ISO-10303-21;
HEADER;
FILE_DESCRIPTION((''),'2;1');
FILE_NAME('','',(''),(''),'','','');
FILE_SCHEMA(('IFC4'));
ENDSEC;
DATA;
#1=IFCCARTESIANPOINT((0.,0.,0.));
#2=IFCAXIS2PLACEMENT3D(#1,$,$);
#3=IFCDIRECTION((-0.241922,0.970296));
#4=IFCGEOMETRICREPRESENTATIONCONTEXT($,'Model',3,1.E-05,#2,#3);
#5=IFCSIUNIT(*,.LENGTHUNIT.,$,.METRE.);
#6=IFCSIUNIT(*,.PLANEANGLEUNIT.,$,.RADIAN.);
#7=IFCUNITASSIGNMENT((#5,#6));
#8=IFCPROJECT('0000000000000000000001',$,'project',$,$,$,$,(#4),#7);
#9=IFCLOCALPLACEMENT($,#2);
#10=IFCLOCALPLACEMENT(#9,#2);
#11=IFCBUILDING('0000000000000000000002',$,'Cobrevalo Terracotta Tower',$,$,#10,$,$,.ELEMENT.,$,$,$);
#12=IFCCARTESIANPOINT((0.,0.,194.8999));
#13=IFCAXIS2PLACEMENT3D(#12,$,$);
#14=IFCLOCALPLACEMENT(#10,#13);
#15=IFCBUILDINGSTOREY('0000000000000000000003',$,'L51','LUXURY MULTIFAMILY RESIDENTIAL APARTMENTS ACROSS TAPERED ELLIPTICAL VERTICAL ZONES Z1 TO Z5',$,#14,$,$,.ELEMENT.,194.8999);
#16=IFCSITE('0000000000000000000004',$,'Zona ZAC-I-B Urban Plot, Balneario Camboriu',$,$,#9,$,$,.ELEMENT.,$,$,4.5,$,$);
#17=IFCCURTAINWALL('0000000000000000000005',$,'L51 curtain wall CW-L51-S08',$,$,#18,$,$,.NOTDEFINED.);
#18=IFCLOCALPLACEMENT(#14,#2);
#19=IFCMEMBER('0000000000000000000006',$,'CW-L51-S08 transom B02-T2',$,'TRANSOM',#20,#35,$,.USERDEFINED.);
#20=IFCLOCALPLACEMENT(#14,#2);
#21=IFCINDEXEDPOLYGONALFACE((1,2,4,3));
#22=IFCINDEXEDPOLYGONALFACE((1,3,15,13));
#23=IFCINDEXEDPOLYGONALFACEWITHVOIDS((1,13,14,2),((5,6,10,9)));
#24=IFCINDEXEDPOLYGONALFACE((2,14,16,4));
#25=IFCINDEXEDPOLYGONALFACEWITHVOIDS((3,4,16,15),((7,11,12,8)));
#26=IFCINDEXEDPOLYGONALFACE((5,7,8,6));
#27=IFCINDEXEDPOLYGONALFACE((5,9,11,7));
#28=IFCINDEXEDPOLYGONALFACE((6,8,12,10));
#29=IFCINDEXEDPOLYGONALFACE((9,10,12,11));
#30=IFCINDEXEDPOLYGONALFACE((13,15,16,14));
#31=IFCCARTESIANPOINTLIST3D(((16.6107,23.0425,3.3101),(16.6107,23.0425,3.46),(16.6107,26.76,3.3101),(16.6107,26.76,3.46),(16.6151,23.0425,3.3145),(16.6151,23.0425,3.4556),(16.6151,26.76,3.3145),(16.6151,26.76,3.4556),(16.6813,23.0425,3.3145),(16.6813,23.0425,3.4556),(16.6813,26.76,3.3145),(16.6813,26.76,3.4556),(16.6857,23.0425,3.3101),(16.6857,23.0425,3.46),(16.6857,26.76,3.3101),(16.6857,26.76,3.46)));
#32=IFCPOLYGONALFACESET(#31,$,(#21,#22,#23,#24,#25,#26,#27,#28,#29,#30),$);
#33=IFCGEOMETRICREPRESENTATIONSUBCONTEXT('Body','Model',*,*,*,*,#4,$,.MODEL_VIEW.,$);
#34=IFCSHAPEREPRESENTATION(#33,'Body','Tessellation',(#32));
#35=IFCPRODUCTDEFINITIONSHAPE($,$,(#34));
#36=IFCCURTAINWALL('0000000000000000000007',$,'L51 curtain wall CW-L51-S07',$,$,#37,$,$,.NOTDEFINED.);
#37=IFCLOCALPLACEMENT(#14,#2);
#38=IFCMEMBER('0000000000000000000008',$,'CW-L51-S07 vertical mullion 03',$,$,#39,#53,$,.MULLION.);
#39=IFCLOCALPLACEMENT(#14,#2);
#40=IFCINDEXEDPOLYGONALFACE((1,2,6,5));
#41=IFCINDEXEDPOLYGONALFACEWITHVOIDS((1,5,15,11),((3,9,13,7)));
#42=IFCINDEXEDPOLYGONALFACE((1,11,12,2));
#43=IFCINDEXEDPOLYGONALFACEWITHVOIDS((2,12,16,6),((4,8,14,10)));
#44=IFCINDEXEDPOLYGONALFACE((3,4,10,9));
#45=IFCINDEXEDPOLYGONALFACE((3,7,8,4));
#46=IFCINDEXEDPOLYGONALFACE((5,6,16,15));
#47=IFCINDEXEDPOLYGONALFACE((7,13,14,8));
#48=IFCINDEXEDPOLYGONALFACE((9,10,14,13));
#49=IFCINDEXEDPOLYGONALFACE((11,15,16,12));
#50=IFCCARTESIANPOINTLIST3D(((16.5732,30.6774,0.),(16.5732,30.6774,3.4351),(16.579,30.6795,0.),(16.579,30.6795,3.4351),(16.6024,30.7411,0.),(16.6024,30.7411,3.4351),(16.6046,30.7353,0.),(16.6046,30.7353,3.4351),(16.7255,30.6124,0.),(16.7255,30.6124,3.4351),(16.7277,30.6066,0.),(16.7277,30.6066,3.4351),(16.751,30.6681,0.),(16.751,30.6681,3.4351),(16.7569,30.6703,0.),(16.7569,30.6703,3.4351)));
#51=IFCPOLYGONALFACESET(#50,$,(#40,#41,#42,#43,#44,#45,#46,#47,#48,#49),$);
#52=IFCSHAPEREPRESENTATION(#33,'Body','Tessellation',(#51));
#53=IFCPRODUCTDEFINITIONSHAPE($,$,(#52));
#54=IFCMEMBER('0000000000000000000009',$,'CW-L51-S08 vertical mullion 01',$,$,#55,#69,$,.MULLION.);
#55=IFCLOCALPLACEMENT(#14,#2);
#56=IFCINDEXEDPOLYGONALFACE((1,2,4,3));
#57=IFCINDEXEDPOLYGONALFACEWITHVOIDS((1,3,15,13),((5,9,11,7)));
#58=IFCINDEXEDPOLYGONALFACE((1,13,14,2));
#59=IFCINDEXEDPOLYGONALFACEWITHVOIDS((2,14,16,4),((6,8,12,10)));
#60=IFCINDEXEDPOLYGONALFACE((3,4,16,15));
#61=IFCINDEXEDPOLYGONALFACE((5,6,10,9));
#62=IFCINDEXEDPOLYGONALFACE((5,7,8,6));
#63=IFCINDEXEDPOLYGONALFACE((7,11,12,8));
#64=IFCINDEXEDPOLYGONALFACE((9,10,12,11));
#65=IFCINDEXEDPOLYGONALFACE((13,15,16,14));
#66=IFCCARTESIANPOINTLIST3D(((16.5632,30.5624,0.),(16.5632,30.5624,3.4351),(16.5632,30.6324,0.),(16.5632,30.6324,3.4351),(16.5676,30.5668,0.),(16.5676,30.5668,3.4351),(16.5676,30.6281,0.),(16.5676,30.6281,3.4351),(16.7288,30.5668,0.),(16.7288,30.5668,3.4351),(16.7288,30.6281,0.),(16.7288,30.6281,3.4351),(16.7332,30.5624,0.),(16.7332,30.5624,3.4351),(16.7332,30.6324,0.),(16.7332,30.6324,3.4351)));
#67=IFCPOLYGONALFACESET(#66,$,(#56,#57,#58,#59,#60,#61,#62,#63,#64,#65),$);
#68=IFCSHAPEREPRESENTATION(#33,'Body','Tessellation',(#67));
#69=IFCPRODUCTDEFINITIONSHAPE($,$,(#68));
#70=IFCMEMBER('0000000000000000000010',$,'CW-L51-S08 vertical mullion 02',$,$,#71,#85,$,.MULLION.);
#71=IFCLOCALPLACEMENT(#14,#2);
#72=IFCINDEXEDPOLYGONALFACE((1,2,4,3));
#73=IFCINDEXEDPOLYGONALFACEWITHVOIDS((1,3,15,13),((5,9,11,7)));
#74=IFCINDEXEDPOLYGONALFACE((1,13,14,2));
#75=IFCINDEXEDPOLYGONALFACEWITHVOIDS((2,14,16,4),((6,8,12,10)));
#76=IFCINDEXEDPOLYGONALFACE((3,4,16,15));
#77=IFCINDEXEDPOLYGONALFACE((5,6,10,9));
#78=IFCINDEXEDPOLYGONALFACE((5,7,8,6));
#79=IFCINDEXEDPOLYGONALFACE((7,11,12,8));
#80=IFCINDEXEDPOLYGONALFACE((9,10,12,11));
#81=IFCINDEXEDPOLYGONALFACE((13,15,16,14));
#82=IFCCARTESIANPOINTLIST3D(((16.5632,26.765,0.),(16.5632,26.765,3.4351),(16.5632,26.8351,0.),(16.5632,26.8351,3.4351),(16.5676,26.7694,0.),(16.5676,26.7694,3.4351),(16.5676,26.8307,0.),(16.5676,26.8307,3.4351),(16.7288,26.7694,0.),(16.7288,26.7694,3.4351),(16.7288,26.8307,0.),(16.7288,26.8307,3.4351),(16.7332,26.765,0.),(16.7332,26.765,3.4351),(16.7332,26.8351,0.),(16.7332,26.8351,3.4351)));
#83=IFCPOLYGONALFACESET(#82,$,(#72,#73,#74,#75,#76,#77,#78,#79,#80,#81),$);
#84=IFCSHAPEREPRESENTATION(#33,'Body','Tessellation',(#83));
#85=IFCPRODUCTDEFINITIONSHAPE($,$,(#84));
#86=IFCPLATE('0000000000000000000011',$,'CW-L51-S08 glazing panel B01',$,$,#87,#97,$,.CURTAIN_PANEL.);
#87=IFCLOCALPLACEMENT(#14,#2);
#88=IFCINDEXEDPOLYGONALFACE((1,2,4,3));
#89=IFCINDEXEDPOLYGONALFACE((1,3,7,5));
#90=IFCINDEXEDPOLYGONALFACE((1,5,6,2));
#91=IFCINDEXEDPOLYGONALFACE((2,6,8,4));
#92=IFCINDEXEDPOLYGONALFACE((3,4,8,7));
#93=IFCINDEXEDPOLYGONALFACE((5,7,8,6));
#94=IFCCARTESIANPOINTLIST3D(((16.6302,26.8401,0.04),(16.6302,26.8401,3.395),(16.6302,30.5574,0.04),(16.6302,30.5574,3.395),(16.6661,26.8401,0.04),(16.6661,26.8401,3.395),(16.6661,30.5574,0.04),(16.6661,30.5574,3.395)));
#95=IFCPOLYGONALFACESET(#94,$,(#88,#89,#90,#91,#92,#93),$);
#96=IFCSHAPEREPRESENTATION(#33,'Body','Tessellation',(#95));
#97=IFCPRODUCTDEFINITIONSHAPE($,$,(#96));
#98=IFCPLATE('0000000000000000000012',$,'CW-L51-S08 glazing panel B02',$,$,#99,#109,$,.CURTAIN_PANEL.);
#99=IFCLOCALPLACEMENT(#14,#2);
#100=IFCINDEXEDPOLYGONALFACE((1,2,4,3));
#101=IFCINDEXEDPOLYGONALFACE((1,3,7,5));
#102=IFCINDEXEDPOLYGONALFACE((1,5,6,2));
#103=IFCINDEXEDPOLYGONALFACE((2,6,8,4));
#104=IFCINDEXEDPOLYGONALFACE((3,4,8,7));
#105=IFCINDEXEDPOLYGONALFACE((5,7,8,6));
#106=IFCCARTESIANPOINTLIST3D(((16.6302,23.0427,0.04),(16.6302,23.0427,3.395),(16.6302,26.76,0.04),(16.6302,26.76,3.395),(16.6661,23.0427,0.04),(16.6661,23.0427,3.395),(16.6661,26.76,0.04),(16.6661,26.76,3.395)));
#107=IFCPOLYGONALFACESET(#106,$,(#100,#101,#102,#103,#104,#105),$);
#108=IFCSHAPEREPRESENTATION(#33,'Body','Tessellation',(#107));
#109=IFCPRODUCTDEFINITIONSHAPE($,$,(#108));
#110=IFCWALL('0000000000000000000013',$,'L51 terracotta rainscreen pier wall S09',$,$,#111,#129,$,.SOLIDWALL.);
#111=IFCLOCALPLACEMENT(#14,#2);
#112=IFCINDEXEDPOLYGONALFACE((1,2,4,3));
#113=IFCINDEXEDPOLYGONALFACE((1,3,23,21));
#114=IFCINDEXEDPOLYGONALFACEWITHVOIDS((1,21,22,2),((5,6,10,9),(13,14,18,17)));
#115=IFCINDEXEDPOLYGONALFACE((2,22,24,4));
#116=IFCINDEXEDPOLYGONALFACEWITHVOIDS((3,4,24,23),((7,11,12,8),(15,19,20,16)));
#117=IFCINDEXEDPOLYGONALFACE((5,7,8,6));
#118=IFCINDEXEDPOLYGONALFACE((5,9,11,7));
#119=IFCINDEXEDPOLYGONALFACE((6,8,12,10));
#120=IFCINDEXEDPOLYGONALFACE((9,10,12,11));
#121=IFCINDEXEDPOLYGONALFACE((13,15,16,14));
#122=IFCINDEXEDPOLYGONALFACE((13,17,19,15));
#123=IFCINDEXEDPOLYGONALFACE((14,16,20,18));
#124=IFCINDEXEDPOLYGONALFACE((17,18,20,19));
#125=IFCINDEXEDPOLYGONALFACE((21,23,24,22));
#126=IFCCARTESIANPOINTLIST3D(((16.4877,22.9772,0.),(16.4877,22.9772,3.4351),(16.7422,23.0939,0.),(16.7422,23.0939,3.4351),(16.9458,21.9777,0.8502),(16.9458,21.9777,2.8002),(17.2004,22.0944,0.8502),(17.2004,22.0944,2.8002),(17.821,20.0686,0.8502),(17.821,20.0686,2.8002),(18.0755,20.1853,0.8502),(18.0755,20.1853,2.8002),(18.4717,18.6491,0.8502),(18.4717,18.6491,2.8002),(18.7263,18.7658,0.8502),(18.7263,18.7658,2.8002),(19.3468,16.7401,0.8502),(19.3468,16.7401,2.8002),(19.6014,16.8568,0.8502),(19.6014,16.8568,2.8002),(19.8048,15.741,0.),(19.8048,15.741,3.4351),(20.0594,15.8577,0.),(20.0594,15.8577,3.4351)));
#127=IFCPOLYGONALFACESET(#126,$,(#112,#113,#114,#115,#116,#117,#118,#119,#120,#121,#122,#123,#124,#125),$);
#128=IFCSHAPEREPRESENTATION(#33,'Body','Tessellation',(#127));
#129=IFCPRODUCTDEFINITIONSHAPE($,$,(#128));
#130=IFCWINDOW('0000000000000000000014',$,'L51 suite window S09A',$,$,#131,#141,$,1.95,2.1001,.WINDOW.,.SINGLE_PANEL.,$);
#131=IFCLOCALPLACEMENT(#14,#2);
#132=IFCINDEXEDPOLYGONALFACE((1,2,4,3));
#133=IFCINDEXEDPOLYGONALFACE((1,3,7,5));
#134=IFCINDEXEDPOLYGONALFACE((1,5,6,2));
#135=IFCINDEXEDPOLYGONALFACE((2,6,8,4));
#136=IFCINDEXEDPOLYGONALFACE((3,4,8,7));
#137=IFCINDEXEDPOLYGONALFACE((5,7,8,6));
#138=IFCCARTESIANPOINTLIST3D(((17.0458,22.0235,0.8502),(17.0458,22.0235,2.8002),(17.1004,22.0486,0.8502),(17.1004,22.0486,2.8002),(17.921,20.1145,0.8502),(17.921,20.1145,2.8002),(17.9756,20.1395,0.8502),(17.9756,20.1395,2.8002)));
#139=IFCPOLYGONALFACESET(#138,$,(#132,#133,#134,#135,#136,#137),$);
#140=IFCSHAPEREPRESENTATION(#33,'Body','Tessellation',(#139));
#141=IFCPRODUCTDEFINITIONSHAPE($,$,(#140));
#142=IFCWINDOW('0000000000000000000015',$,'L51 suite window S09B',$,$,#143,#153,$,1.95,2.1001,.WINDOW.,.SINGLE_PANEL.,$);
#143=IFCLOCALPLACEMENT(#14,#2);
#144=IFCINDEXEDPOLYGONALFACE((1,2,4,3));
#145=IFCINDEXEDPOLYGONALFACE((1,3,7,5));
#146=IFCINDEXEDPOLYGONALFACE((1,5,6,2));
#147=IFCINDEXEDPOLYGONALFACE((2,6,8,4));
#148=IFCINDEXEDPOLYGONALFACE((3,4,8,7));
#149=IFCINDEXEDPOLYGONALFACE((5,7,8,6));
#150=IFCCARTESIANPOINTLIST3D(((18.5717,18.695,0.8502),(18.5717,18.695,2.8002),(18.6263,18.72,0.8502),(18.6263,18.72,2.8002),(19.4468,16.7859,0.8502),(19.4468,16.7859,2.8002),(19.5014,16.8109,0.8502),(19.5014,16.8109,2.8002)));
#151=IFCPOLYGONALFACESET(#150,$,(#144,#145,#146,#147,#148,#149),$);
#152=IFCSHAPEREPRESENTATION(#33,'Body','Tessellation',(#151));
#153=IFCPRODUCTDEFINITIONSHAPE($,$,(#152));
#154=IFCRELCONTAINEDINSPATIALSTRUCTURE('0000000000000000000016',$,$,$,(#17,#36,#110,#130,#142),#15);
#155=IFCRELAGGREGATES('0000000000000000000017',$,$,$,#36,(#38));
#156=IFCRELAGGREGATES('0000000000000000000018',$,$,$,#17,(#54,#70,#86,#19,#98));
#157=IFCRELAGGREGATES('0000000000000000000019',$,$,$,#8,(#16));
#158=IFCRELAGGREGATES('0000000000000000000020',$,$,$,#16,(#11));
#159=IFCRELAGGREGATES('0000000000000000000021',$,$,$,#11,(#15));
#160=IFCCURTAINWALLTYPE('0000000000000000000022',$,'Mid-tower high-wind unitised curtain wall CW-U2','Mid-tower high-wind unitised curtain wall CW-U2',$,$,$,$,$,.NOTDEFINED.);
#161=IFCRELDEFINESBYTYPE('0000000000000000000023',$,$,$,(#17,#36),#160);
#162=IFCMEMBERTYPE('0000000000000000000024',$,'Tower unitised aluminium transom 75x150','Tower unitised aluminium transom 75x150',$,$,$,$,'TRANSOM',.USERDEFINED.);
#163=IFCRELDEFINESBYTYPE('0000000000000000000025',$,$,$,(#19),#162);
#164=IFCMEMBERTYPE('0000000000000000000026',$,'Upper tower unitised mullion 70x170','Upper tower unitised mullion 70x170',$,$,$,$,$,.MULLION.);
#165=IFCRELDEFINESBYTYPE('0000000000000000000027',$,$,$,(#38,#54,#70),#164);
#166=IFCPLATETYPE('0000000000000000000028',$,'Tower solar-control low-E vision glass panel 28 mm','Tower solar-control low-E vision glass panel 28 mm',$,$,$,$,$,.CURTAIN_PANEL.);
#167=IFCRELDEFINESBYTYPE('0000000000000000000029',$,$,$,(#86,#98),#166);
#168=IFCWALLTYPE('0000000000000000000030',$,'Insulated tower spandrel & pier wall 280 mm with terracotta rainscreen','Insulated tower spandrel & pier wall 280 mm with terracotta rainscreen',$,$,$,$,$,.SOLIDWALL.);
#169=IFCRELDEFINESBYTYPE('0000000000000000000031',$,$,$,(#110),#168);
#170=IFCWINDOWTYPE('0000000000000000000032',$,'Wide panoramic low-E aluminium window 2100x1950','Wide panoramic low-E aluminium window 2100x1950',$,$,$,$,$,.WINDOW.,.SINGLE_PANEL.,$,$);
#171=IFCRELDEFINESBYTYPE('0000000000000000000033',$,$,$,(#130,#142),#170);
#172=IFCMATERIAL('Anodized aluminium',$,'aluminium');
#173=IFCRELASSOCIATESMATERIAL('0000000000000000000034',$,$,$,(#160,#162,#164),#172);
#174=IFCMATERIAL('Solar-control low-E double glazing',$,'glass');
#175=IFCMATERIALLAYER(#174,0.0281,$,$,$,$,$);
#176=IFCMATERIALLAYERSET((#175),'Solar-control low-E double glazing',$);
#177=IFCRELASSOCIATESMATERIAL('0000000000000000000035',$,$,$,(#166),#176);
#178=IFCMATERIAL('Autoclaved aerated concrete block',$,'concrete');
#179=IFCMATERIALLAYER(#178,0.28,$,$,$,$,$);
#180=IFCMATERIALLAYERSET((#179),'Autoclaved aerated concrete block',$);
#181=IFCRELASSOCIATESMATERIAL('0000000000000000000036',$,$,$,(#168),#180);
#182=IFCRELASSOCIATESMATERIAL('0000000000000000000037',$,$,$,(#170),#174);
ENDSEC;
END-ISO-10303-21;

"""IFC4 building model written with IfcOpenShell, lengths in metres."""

from ifc_helpers import new_model, si_unit, direction, frame, frame_2d, origin, origin_2d, place, context, subcontext, project, spatial, rectangle, hollow_rectangle, extrude, source, transform, mapped, material, layer, layer_set, material_profile, profile_set, type_object, element, fill, aggregate, save


model = new_model("IFC4")

# Units and contexts
model_context = context("Model", 3, precision=1e-05, world=origin(), true_north=direction((-0.241922, 0.970296)))
body_context = subcontext(model_context, "Body", "Model", "MODEL_VIEW")
ifc_project = project(units=[si_unit("LENGTHUNIT", "METRE"), si_unit("PLANEANGLEUNIT", "RADIAN")], contexts=[model_context])

# Site, building, storey
site_placement = place(None, origin())
site = spatial("IfcSite", under=ifc_project, at=site_placement, Name="Zona ZAC-I-B Urban Plot, Balneario Camboriu", CompositionType="ELEMENT", RefElevation=4.5)
building_placement = place(site_placement, origin())
building = spatial("IfcBuilding", under=site, at=building_placement, Name="Cobrevalo Terracotta Tower", CompositionType="ELEMENT")
storey_placement = place(building_placement, frame((0.0, 0.0, 194.8999)))
storey = spatial("IfcBuildingStorey", under=building, at=storey_placement, Name="L51", Description="LUXURY MULTIFAMILY RESIDENTIAL APARTMENTS ACROSS TAPERED ELLIPTICAL VERTICAL ZONES Z1 TO Z5", CompositionType="ELEMENT", Elevation=194.8999)

# Curtain wall, member
ifc_material_1 = material(Name="Anodized aluminium", Category="aluminium")
curtain_wall_type = type_object("IfcCurtainWallType", Name="Mid-tower high-wind unitised curtain wall CW-U2", Description="Mid-tower high-wind unitised curtain wall CW-U2", PredefinedType="NOTDEFINED", material=ifc_material_1)
curtain_wall_1_placement = place(storey_placement, origin())
curtain_wall_1 = element("IfcCurtainWall", 1, at=curtain_wall_1_placement, inside=storey, type_object=curtain_wall_type, Name="L51 curtain wall CW-L51-S08", PredefinedType="NOTDEFINED")
ifc_material_profile_1 = material_profile(ifc_material_1, hollow_rectangle(XDim=0.075, YDim=0.1499, WallThickness=0.0044, at=origin_2d()), Name="CWT 75x150")
ifc_profile_set_1 = profile_set([ifc_material_profile_1], Name="Anodized aluminium")
member_type_1 = type_object("IfcMemberType", Name="Tower unitised aluminium transom 75x150", Description="Tower unitised aluminium transom 75x150", ElementType="TRANSOM", PredefinedType="USERDEFINED", material=ifc_profile_set_1)
shared_shape_1 = source(origin(), body_context, "Body", "SweptSolid", [
    extrude(hollow_rectangle(XDim=0.075, YDim=0.1499, WallThickness=0.0044, at=origin_2d()), origin(), (0.0, 0.0, 1.0), 3.7175),
])
member_1_placement = place(storey_placement, frame((16.6482, 26.76, 3.385), z_axis=(0.0, -1.0, 0.0), x_axis=(1.0, 0.0, 0.0)))
member_1 = element("IfcMember", 2, at=member_1_placement, type_object=member_type_1, Name="CW-L51-S08 transom B02-T2", ObjectType="TRANSOM", PredefinedType="USERDEFINED", context=body_context, shape_type="MappedRepresentation", body=[
    mapped(shared_shape_1, transform((0.0, 0.0, 0.0), scale=1.0)),
])

# Curtain wall, member
curtain_wall_2_placement = place(storey_placement, origin())
curtain_wall_2 = element("IfcCurtainWall", 3, at=curtain_wall_2_placement, inside=storey, type_object=curtain_wall_type, Name="L51 curtain wall CW-L51-S07", PredefinedType="NOTDEFINED")
ifc_material_profile_2 = material_profile(ifc_material_1, hollow_rectangle(XDim=0.0701, YDim=0.1699, WallThickness=0.0044, at=origin_2d()), Name="CWM 70x170")
ifc_profile_set_2 = profile_set([ifc_material_profile_2], Name="Anodized aluminium")
member_type_2 = type_object("IfcMemberType", Name="Upper tower unitised mullion 70x170", Description="Upper tower unitised mullion 70x170", PredefinedType="MULLION", material=ifc_profile_set_2)
shared_shape_2 = source(origin(), body_context, "Body", "SweptSolid", [
    extrude(hollow_rectangle(XDim=0.0701, YDim=0.1699, WallThickness=0.0044, at=origin_2d()), origin(), (0.0, 0.0, 1.0), 3.4351),
])
member_2_placement = place(storey_placement, frame((16.665, 30.6738, 0.0), z_axis=(0.0, 0.0, 1.0), x_axis=(-0.416725, -0.909033, 0.0)))
member_2 = element("IfcMember", 4, at=member_2_placement, type_object=member_type_2, Name="CW-L51-S07 vertical mullion 03", PredefinedType="MULLION", context=body_context, shape_type="MappedRepresentation", body=[
    mapped(shared_shape_2, transform((0.0, 0.0, 0.0), scale=1.0)),
])
aggregate(curtain_wall_2, [member_2])

# Members
member_3_placement = place(storey_placement, frame((16.6482, 30.5974, 0.0), z_axis=(0.0, 0.0, 1.0), x_axis=(0.0, -1.0, 0.0)))
member_3 = element("IfcMember", 5, at=member_3_placement, type_object=member_type_2, Name="CW-L51-S08 vertical mullion 01", PredefinedType="MULLION", context=body_context, shape_type="MappedRepresentation", body=[
    mapped(shared_shape_2, transform((0.0, 0.0, 0.0), scale=1.0)),
])
member_4_placement = place(storey_placement, frame((16.6482, 26.8, 0.0), z_axis=(0.0, 0.0, 1.0), x_axis=(0.0, -1.0, 0.0)))
member_4 = element("IfcMember", 6, at=member_4_placement, type_object=member_type_2, Name="CW-L51-S08 vertical mullion 02", PredefinedType="MULLION", context=body_context, shape_type="MappedRepresentation", body=[
    mapped(shared_shape_2, transform((0.0, 0.0, 0.0), scale=1.0)),
])

# Plates
ifc_material_2 = material(Name="Solar-control low-E double glazing", Category="glass")
ifc_layer_1 = layer(ifc_material_2, 0.0281)
ifc_layer_set_1 = layer_set([ifc_layer_1], Name="Solar-control low-E double glazing")
plate_type = type_object("IfcPlateType", Name="Tower solar-control low-E vision glass panel 28 mm", Description="Tower solar-control low-E vision glass panel 28 mm", PredefinedType="CURTAIN_PANEL", material=ifc_layer_set_1)
shared_shape_3 = source(origin(), body_context, "Body", "SweptSolid", [
    extrude(rectangle(XDim=3.7173, YDim=0.0359, at=origin_2d()), origin(), (0.0, 0.0, 1.0), 3.355),
])
plate_1_placement = place(storey_placement, frame((16.6482, 28.6987, 0.04), z_axis=(0.0, 0.0, 1.0), x_axis=(0.0, -1.0, 0.0)))
plate_1 = element("IfcPlate", 7, at=plate_1_placement, type_object=plate_type, Name="CW-L51-S08 glazing panel B01", PredefinedType="CURTAIN_PANEL", context=body_context, shape_type="MappedRepresentation", body=[
    mapped(shared_shape_3, transform((0.0, 0.0, 0.0), scale=1.0)),
])
plate_2_placement = place(storey_placement, frame((16.6482, 24.9014, 0.04), z_axis=(0.0, 0.0, 1.0), x_axis=(0.0, -1.0, 0.0)))
plate_2 = element("IfcPlate", 8, at=plate_2_placement, type_object=plate_type, Name="CW-L51-S08 glazing panel B02", PredefinedType="CURTAIN_PANEL", context=body_context, shape_type="MappedRepresentation", body=[
    mapped(shared_shape_3, transform((0.0, 0.0, 0.0), scale=1.0)),
])
aggregate(curtain_wall_1, [member_3, member_4, plate_1, member_1, plate_2])

# Wall, openings, windows
ifc_material_3 = material(Name="Autoclaved aerated concrete block", Category="concrete")
ifc_layer_2 = layer(ifc_material_3, 0.28)
ifc_layer_set_2 = layer_set([ifc_layer_2], Name="Autoclaved aerated concrete block")
wall_type_1 = type_object("IfcWallType", Name="Insulated tower spandrel & pier wall 280 mm with terracotta rainscreen", Description="Insulated tower spandrel & pier wall 280 mm with terracotta rainscreen", PredefinedType="SOLIDWALL", material=ifc_layer_set_2)
wall_1_placement = place(storey_placement, frame((16.615, 23.0354, 0.0), z_axis=(0.0, 0.0, 1.0), x_axis=(0.416717, -0.909036, 0.0)))
wall_1 = element("IfcWall", 9, at=wall_1_placement, inside=storey, type_object=wall_type_1, Name="L51 terracotta rainscreen pier wall S09", PredefinedType="SOLIDWALL", context=body_context, shape_type="SweptSolid", body=[
    extrude(rectangle(XDim=7.9602, YDim=0.28, at=frame_2d((3.98, 0.0))), origin(), (0.0, 0.0, 1.0), 3.4351),
])
opening_1_placement = place(wall_1_placement, frame((1.0994, 0.0, 0.8501)))
opening_1 = element("IfcOpeningElement", 10, at=opening_1_placement, cuts=wall_1, PredefinedType="OPENING", context=body_context, shape_type="SweptSolid", body=[
    extrude(rectangle(XDim=2.1001, YDim=1.95, at=frame_2d((1.05, 0.9751))), frame((0.0, 0.1499, 0.0), z_axis=(0.0, -1.0, 0.0), x_axis=(1.0, 0.0, 0.0)), (0.0, 0.0, 1.0), 0.3),
])
opening_2_placement = place(wall_1_placement, frame((4.761, 0.0, 0.8501)))
opening_2 = element("IfcOpeningElement", 11, at=opening_2_placement, cuts=wall_1, PredefinedType="OPENING", context=body_context, shape_type="SweptSolid", body=[
    extrude(rectangle(XDim=2.1001, YDim=1.95, at=frame_2d((1.05, 0.9751))), frame((0.0, 0.1499, 0.0), z_axis=(0.0, -1.0, 0.0), x_axis=(1.0, 0.0, 0.0)), (0.0, 0.0, 1.0), 0.3),
])
window_type = type_object("IfcWindowType", Name="Wide panoramic low-E aluminium window 2100x1950", Description="Wide panoramic low-E aluminium window 2100x1950", PartitioningType="SINGLE_PANEL", PredefinedType="WINDOW", material=ifc_material_2)
shared_shape_4 = source(origin(), body_context, "Body", "SweptSolid", [
    extrude(rectangle(XDim=2.1001, YDim=1.95, at=frame_2d((1.05, 0.9751))), frame((0.0, 0.03, 0.0), z_axis=(0.0, -1.0, 0.0), x_axis=(1.0, 0.0, 0.0)), (0.0, 0.0, 1.0), 0.0601),
])
window_1_placement = place(opening_1_placement, origin())
window_1 = element("IfcWindow", 12, at=window_1_placement, inside=storey, type_object=window_type, Name="L51 suite window S09A", OverallHeight=1.95, OverallWidth=2.1001, PartitioningType="SINGLE_PANEL", PredefinedType="WINDOW", context=body_context, shape_type="MappedRepresentation", body=[
    mapped(shared_shape_4, transform((0.0, 0.0, 0.0), scale=1.0)),
])
fill(opening_1, window_1)
window_2_placement = place(opening_2_placement, origin())
window_2 = element("IfcWindow", 13, at=window_2_placement, inside=storey, type_object=window_type, Name="L51 suite window S09B", OverallHeight=1.95, OverallWidth=2.1001, PartitioningType="SINGLE_PANEL", PredefinedType="WINDOW", context=body_context, shape_type="MappedRepresentation", body=[
    mapped(shared_shape_4, transform((0.0, 0.0, 0.0), scale=1.0)),
])
fill(opening_2, window_2)

save(model, "model.ifc")
